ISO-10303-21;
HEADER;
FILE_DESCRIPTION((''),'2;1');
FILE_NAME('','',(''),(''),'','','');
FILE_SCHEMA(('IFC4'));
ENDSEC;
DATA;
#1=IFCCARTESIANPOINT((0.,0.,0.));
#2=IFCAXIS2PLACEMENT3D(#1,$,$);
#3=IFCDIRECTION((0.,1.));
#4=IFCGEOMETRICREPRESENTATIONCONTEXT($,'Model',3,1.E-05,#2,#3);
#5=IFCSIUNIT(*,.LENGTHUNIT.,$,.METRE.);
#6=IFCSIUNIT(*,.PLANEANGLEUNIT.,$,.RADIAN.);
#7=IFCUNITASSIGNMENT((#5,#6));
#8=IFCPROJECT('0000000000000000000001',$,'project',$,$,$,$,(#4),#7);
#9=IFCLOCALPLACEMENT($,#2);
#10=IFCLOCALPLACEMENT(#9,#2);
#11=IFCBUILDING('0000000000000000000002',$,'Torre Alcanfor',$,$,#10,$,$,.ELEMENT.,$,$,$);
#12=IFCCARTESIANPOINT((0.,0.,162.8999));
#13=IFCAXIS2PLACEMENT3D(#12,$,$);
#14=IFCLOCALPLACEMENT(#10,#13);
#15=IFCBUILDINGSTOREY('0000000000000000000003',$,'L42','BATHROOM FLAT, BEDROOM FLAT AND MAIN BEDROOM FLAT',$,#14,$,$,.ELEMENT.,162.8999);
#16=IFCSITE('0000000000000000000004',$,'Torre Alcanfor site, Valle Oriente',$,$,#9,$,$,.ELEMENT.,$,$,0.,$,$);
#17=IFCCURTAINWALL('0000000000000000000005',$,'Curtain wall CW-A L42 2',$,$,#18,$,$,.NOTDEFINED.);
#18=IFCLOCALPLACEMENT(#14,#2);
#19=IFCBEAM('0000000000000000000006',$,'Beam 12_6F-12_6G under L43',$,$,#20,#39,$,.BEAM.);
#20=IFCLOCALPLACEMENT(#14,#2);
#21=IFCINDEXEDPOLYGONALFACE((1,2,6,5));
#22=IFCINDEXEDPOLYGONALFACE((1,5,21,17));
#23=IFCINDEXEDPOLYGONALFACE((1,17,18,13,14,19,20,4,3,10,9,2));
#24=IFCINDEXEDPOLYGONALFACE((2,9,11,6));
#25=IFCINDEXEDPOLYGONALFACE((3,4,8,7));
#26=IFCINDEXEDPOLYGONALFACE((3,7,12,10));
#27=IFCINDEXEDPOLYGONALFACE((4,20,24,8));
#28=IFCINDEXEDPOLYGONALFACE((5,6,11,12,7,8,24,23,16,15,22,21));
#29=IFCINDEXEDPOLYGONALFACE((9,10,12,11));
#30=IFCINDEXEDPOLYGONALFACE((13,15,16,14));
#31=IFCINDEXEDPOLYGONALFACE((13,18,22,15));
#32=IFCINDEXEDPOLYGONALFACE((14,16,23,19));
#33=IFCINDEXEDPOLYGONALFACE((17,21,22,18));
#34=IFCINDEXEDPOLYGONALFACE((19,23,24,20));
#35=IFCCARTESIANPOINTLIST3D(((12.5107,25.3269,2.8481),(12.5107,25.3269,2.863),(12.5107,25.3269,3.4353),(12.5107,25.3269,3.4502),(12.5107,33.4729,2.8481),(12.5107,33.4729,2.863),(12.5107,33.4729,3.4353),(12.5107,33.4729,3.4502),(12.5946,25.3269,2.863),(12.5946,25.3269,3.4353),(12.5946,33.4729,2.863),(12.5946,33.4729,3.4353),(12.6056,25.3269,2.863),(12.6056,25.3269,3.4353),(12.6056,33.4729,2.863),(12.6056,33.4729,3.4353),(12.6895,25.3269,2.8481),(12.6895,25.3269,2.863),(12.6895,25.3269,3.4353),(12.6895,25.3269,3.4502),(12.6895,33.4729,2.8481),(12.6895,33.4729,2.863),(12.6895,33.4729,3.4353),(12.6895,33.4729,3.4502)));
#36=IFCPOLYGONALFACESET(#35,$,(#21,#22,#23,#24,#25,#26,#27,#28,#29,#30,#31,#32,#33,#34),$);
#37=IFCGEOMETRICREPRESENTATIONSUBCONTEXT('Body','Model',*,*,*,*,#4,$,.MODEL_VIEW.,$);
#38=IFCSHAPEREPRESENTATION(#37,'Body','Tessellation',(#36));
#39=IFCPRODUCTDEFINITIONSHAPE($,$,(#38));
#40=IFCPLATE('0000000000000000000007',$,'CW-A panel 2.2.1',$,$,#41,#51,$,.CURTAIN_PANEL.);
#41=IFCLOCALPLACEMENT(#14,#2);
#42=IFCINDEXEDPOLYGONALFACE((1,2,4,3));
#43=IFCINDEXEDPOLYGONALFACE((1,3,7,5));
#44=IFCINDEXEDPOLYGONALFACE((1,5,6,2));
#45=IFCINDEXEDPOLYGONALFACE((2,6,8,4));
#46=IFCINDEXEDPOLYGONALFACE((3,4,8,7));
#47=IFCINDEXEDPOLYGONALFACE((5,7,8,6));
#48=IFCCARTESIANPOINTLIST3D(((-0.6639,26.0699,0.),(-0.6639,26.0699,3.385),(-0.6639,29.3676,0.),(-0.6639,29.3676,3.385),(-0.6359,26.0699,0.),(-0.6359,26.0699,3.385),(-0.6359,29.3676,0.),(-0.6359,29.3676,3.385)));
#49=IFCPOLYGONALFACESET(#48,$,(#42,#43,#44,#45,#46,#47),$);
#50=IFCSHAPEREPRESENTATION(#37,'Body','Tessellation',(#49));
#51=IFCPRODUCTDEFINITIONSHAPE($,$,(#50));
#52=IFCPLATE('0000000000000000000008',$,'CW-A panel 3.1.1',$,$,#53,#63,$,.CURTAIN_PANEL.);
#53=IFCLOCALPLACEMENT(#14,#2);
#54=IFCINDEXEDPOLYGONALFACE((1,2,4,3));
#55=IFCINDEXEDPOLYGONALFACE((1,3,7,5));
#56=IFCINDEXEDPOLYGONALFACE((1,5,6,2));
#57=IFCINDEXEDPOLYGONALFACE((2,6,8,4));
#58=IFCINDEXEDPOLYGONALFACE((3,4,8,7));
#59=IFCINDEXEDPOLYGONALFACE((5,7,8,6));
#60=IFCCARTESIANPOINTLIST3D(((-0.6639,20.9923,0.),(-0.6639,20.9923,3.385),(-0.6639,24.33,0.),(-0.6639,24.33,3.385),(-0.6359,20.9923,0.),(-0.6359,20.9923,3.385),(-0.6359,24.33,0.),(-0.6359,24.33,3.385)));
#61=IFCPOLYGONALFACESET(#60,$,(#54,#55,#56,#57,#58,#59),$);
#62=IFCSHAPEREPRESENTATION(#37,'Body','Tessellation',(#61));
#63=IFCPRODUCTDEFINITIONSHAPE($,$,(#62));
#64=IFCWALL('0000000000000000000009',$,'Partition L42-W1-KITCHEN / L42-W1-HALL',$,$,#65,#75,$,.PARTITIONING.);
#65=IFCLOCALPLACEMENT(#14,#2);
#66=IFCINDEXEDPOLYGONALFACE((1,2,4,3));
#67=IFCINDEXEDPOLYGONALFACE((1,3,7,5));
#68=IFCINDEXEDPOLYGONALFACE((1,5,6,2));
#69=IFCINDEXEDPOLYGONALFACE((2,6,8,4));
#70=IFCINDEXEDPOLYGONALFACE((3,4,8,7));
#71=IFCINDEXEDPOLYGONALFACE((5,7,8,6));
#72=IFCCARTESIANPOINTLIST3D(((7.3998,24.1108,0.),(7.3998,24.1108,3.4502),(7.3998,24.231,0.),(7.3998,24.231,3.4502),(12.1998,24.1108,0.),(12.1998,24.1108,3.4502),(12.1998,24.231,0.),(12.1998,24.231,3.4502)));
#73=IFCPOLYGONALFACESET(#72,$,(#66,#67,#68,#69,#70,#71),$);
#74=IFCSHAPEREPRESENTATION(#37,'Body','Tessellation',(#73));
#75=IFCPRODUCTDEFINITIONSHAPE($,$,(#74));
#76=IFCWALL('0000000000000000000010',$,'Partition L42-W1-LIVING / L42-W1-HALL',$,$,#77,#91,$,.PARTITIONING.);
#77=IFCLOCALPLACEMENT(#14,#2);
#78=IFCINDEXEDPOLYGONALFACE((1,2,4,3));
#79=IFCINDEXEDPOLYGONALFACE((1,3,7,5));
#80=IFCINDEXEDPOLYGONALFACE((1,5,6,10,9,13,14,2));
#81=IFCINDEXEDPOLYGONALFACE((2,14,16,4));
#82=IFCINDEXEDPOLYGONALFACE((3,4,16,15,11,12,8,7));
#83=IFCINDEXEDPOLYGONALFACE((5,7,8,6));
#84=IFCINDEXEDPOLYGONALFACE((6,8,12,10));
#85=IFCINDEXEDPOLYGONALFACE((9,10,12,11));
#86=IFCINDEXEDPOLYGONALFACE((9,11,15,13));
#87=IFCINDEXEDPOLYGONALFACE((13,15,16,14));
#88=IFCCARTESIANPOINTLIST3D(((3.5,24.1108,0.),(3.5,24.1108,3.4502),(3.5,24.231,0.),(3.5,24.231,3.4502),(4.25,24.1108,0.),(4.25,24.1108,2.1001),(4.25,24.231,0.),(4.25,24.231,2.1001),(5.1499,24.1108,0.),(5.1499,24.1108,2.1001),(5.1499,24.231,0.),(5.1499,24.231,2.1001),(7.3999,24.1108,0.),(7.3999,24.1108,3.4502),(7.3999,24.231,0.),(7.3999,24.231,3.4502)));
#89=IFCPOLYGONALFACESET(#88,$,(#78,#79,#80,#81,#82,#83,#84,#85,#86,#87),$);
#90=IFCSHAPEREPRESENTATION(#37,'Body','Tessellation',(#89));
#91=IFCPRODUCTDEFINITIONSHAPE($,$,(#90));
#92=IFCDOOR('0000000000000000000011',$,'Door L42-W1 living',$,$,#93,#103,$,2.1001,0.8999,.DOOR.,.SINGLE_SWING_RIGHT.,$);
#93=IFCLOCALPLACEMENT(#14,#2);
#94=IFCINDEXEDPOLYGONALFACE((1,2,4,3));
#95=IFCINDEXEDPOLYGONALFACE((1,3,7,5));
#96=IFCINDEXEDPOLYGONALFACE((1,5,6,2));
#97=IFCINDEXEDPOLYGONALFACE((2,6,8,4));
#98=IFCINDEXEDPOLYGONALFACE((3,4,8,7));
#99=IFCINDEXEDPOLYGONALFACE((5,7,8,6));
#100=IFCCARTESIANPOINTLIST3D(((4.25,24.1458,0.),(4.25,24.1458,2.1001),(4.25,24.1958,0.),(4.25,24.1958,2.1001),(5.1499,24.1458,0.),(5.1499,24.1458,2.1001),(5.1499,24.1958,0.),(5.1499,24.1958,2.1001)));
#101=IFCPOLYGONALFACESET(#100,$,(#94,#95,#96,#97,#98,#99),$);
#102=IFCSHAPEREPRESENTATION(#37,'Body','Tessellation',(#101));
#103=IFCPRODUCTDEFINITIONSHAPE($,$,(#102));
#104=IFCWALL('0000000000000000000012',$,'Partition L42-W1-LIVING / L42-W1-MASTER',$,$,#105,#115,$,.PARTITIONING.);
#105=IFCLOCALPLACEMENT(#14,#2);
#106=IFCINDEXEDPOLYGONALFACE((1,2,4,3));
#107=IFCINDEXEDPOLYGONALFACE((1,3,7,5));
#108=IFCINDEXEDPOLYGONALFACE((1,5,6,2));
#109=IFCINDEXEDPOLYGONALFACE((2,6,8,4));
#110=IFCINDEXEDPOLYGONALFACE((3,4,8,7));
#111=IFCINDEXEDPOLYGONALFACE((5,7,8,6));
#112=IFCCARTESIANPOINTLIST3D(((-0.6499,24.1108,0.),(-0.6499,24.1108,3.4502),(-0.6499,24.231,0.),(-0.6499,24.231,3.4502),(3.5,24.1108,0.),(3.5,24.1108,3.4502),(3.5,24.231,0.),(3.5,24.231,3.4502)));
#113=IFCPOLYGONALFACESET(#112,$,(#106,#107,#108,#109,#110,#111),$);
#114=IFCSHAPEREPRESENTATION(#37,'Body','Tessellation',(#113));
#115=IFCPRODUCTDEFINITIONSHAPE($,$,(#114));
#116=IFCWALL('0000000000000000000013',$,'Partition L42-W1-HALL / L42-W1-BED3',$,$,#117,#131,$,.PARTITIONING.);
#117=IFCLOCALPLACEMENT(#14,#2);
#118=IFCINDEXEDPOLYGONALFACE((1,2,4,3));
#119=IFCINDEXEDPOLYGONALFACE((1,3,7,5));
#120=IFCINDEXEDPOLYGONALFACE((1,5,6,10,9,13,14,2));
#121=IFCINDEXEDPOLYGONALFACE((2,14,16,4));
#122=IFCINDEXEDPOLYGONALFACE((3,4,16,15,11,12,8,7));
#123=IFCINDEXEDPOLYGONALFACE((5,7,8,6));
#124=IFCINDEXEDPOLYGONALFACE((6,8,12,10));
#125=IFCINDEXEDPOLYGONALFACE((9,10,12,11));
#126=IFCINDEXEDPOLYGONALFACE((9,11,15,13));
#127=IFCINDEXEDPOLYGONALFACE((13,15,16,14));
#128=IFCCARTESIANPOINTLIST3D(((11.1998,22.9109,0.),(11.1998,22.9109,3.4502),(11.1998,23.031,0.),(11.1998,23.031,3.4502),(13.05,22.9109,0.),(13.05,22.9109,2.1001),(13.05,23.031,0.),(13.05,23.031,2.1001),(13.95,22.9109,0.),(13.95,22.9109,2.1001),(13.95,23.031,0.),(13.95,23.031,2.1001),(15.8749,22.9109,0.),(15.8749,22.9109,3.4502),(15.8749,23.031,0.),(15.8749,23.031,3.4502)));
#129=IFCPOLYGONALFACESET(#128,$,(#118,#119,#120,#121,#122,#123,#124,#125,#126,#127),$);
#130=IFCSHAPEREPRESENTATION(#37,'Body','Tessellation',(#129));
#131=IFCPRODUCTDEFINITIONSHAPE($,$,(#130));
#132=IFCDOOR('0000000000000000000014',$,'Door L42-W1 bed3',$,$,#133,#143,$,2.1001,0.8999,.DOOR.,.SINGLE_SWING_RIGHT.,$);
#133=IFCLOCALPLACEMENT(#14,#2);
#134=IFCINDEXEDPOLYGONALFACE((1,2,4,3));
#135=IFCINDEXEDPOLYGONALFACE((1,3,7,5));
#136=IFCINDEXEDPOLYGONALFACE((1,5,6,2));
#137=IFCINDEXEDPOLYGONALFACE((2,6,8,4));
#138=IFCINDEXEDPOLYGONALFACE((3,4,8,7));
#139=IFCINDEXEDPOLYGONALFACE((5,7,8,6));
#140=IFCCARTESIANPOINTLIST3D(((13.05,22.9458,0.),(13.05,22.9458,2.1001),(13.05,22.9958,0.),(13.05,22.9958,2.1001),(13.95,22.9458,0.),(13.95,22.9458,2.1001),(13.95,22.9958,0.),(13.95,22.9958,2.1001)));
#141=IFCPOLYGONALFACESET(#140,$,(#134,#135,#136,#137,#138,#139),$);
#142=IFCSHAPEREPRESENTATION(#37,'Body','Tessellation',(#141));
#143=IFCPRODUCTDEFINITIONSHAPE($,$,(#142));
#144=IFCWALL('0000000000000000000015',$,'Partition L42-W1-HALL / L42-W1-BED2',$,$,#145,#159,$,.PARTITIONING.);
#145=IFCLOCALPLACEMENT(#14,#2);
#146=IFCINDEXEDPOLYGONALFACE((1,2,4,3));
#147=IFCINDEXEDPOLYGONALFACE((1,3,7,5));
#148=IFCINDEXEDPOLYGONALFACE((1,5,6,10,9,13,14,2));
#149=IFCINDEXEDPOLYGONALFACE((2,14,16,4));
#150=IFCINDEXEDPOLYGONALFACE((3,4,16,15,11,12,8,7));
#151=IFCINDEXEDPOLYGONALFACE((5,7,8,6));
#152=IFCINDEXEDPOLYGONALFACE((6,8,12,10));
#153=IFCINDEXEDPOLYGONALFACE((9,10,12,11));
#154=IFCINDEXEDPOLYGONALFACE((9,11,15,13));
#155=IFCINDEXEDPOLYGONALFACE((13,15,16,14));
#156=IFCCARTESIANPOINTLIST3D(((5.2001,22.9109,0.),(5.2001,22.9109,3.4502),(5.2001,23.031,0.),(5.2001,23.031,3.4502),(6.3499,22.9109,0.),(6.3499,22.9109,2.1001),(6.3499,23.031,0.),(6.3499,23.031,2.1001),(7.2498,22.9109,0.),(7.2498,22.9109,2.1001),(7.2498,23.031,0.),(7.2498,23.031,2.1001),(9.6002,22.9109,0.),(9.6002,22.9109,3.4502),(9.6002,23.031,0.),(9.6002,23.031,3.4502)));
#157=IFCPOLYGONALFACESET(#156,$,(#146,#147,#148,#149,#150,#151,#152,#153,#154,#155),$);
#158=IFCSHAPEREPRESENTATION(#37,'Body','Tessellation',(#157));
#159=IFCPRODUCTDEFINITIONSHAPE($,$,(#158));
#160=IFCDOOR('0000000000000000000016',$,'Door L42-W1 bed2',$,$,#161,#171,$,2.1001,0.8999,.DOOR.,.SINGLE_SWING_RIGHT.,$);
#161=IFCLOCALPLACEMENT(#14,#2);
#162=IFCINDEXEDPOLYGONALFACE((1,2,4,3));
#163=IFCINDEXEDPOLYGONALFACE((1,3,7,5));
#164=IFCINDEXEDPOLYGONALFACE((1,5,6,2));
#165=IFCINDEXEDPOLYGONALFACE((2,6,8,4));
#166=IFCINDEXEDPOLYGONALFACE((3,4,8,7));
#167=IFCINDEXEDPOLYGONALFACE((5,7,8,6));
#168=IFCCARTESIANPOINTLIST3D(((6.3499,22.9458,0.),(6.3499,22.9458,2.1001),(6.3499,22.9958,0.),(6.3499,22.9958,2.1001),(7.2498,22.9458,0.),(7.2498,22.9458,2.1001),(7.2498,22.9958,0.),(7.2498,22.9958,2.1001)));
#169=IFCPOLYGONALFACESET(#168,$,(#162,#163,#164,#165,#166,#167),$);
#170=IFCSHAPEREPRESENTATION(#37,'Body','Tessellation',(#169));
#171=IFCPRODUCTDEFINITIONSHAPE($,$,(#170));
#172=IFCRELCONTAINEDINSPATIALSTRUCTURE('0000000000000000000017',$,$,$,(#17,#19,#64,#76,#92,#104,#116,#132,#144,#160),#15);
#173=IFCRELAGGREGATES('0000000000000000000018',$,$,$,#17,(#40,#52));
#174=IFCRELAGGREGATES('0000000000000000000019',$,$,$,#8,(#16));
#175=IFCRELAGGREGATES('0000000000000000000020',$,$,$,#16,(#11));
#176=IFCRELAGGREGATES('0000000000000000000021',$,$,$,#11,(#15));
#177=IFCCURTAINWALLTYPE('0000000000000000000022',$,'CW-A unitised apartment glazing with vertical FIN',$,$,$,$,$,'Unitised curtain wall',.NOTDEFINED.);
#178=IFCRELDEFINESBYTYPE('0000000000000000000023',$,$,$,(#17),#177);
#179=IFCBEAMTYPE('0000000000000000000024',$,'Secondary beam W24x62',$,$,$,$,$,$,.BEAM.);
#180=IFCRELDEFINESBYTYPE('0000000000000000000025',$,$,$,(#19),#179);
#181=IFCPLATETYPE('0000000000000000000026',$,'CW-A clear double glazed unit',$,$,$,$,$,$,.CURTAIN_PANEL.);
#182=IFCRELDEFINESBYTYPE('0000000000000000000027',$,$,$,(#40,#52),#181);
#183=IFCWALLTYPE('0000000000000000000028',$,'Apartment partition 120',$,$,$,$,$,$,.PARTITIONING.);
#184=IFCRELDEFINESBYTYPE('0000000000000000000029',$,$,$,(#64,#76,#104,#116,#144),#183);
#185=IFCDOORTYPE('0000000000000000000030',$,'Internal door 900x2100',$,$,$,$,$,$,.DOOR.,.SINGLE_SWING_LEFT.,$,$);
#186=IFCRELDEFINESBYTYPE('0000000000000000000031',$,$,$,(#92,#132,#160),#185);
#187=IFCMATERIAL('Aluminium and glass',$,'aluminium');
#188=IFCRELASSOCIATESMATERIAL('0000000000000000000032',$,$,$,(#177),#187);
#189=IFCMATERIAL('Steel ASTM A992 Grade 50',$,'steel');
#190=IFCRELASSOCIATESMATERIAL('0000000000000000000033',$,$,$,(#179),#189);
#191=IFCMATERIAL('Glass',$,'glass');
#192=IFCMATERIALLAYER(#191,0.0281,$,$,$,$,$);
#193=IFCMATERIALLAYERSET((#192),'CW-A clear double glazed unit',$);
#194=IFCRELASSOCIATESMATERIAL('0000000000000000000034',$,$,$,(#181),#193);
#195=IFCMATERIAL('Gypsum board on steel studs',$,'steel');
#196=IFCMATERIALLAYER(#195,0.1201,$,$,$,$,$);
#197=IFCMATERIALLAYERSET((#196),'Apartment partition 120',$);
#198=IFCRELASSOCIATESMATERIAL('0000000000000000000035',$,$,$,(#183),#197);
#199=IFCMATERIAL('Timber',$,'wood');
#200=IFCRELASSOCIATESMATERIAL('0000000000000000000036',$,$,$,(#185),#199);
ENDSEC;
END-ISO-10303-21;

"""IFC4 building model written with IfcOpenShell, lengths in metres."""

from ifc_helpers import new_model, si_unit, direction, frame, frame_2d, origin, origin_2d, place, context, subcontext, project, spatial, rectangle, i_section, extrude, material, layer, layer_set, material_profile, profile_set, type_object, element, fill, aggregate, save


model = new_model("IFC4")

# Units and contexts
model_context = context("Model", 3, precision=1e-05, world=origin(), true_north=direction((0.0, 1.0)))
body_context = subcontext(model_context, "Body", "Model", "MODEL_VIEW")
ifc_project = project(units=[si_unit("LENGTHUNIT", "METRE"), si_unit("PLANEANGLEUNIT", "RADIAN")], contexts=[model_context])

# Site, building, storey
site_placement = place(None, origin())
site = spatial("IfcSite", under=ifc_project, at=site_placement, Name="Torre Alcanfor site, Valle Oriente", CompositionType="ELEMENT", RefElevation=0.0)
building_placement = place(site_placement, origin())
building = spatial("IfcBuilding", under=site, at=building_placement, Name="Torre Alcanfor", CompositionType="ELEMENT")
storey_placement = place(building_placement, frame((0.0, 0.0, 162.8999)))
storey = spatial("IfcBuildingStorey", under=building, at=storey_placement, Name="L42", Description="BATHROOM FLAT, BEDROOM FLAT AND MAIN BEDROOM FLAT", CompositionType="ELEMENT", Elevation=162.8999)

# Curtain wall
ifc_material_1 = material(Name="Aluminium and glass", Category="aluminium")
curtain_wall_type = type_object("IfcCurtainWallType", Name="CW-A unitised apartment glazing with vertical FIN", ElementType="Unitised curtain wall", PredefinedType="NOTDEFINED", material=ifc_material_1)
curtain_wall_placement = place(storey_placement, origin())
curtain_wall = element("IfcCurtainWall", 1, at=curtain_wall_placement, inside=storey, type_object=curtain_wall_type, Name="Curtain wall CW-A L42 2", PredefinedType="NOTDEFINED")

# Beam
ifc_material_2 = material(Name="Steel ASTM A992 Grade 50", Category="steel")
ifc_material_profile_1 = material_profile(ifc_material_2, i_section(OverallWidth=0.1787, OverallDepth=0.6021, WebThickness=0.011, FlangeThickness=0.0149, at=origin_2d()), Name="W24x62")
ifc_profile_set_1 = profile_set([ifc_material_profile_1], Name="Steel ASTM A992 Grade 50")
beam_type_1 = type_object("IfcBeamType", Name="Secondary beam W24x62", PredefinedType="BEAM", material=ifc_profile_set_1)
for number, where, z_axis, x_axis, name in (
    (2, (12.6001, 25.3269, 3.1492), (0.0, 1.0, 0.0), (-1.0, 0.0, 0.0), "Beam 12_6F-12_6G under L43"),
):
    element("IfcBeam", number, at=place(storey_placement, frame(where, z_axis=z_axis, x_axis=x_axis)), inside=storey, type_object=beam_type_1, Name=name, PredefinedType="BEAM", context=body_context, shape_type="SweptSolid", body=[
        extrude(i_section(OverallWidth=0.1787, OverallDepth=0.6021, WebThickness=0.011, FlangeThickness=0.0149, at=origin_2d()), origin(), (0.0, 0.0, 1.0), 8.146),
    ])

# Plates
ifc_material_3 = material(Name="Glass", Category="glass")
ifc_layer_1 = layer(ifc_material_3, 0.0281)
ifc_layer_set_1 = layer_set([ifc_layer_1], Name="CW-A clear double glazed unit")
plate_type = type_object("IfcPlateType", Name="CW-A clear double glazed unit", PredefinedType="CURTAIN_PANEL", material=ifc_layer_set_1)
plate_1_placement = place(storey_placement, frame((-0.6499, 27.7188, 0.0), z_axis=(0.0, 0.0, 1.0), x_axis=(0.0, -1.0, 0.0)))
plate_1 = element("IfcPlate", 3, at=plate_1_placement, type_object=plate_type, Name="CW-A panel 2.2.1", PredefinedType="CURTAIN_PANEL", context=body_context, shape_type="SweptSolid", body=[
    extrude(rectangle(XDim=3.2976, YDim=0.0281, at=origin_2d()), origin(), (0.0, 0.0, 1.0), 3.385),
])
plate_2_placement = place(storey_placement, frame((-0.6499, 22.6611, 0.0), z_axis=(0.0, 0.0, 1.0), x_axis=(0.0, -1.0, 0.0)))
plate_2 = element("IfcPlate", 4, at=plate_2_placement, type_object=plate_type, Name="CW-A panel 3.1.1", PredefinedType="CURTAIN_PANEL", context=body_context, shape_type="SweptSolid", body=[
    extrude(rectangle(XDim=3.3376, YDim=0.0281, at=origin_2d()), origin(), (0.0, 0.0, 1.0), 3.385),
])
aggregate(curtain_wall, [plate_1, plate_2])

# Wall
ifc_material_4 = material(Name="Gypsum board on steel studs", Category="steel")
ifc_layer_2 = layer(ifc_material_4, 0.1201)
ifc_layer_set_2 = layer_set([ifc_layer_2], Name="Apartment partition 120")
wall_type_1 = type_object("IfcWallType", Name="Apartment partition 120", PredefinedType="PARTITIONING", material=ifc_layer_set_2)
wall_1_placement = place(storey_placement, frame((7.3999, 24.1709, 0.0), z_axis=(0.0, 0.0, 1.0), x_axis=(1.0, 0.0, 0.0)))
element("IfcWall", 5, at=wall_1_placement, inside=storey, type_object=wall_type_1, Name="Partition L42-W1-KITCHEN / L42-W1-HALL", PredefinedType="PARTITIONING", context=body_context, shape_type="SweptSolid", body=[
    extrude(rectangle(XDim=4.8, YDim=0.1201, at=frame_2d((2.3999, 0.0))), origin(), (0.0, 0.0, 1.0), 3.4502),
])

# Wall, opening, door
wall_2_placement = place(storey_placement, frame((3.5, 24.1709, 0.0), z_axis=(0.0, 0.0, 1.0), x_axis=(1.0, 0.0, 0.0)))
wall_2 = element("IfcWall", 6, at=wall_2_placement, inside=storey, type_object=wall_type_1, Name="Partition L42-W1-LIVING / L42-W1-HALL", PredefinedType="PARTITIONING", context=body_context, shape_type="SweptSolid", body=[
    extrude(rectangle(XDim=3.8999, YDim=0.1201, at=frame_2d((1.95, 0.0))), origin(), (0.0, 0.0, 1.0), 3.4502),
])
opening_1_placement = place(wall_2_placement, frame((0.75, 0.0, 0.0)))
opening_1 = element("IfcOpeningElement", 7, at=opening_1_placement, cuts=wall_2, PredefinedType="OPENING", context=body_context, shape_type="SweptSolid", body=[
    extrude(rectangle(XDim=0.8999, YDim=2.1001, at=frame_2d((0.45, 1.05))), frame((0.0, 0.0701, 0.0), z_axis=(0.0, -1.0, 0.0), x_axis=(1.0, 0.0, 0.0)), (0.0, 0.0, 1.0), 0.1401),
])
ifc_material_5 = material(Name="Timber", Category="wood")
door_type_1 = type_object("IfcDoorType", Name="Internal door 900x2100", OperationType="SINGLE_SWING_LEFT", PredefinedType="DOOR", material=ifc_material_5)
door_1_placement = place(opening_1_placement, origin())
door_1 = element("IfcDoor", 8, at=door_1_placement, inside=storey, type_object=door_type_1, Name="Door L42-W1 living", OperationType="SINGLE_SWING_RIGHT", OverallHeight=2.1001, OverallWidth=0.8999, PredefinedType="DOOR", context=body_context, shape_type="SweptSolid", body=[
    extrude(rectangle(XDim=0.8999, YDim=2.1001, at=frame_2d((0.45, 1.05))), frame((0.0, 0.0249, 0.0), z_axis=(0.0, -1.0, 0.0), x_axis=(1.0, 0.0, 0.0)), (0.0, 0.0, 1.0), 0.05),
])
fill(opening_1, door_1)

# Wall
wall_3_placement = place(storey_placement, frame((-0.6499, 24.1709, 0.0), z_axis=(0.0, 0.0, 1.0), x_axis=(1.0, 0.0, 0.0)))
element("IfcWall", 9, at=wall_3_placement, inside=storey, type_object=wall_type_1, Name="Partition L42-W1-LIVING / L42-W1-MASTER", PredefinedType="PARTITIONING", context=body_context, shape_type="SweptSolid", body=[
    extrude(rectangle(XDim=4.1499, YDim=0.1201, at=frame_2d((2.075, 0.0))), origin(), (0.0, 0.0, 1.0), 3.4502),
])

# Walls, openings, doors
wall_4_placement = place(storey_placement, frame((11.2, 22.9709, 0.0), z_axis=(0.0, 0.0, 1.0), x_axis=(1.0, 0.0, 0.0)))
wall_4 = element("IfcWall", 10, at=wall_4_placement, inside=storey, type_object=wall_type_1, Name="Partition L42-W1-HALL / L42-W1-BED3", PredefinedType="PARTITIONING", context=body_context, shape_type="SweptSolid", body=[
    extrude(rectangle(XDim=4.675, YDim=0.1201, at=frame_2d((2.3374, 0.0))), origin(), (0.0, 0.0, 1.0), 3.4502),
])
opening_2_placement = place(wall_4_placement, frame((1.8501, 0.0, 0.0)))
opening_2 = element("IfcOpeningElement", 11, at=opening_2_placement, cuts=wall_4, PredefinedType="OPENING", context=body_context, shape_type="SweptSolid", body=[
    extrude(rectangle(XDim=0.8999, YDim=2.1001, at=frame_2d((0.45, 1.05))), frame((0.0, 0.0701, 0.0), z_axis=(0.0, -1.0, 0.0), x_axis=(1.0, 0.0, 0.0)), (0.0, 0.0, 1.0), 0.1401),
])
door_2_placement = place(opening_2_placement, frame((0.8999, 0.0, 0.0), z_axis=(0.0, 0.0, 1.0), x_axis=(-1.0, 0.0, 0.0)))
door_2 = element("IfcDoor", 12, at=door_2_placement, inside=storey, type_object=door_type_1, Name="Door L42-W1 bed3", OperationType="SINGLE_SWING_RIGHT", OverallHeight=2.1001, OverallWidth=0.8999, PredefinedType="DOOR", context=body_context, shape_type="SweptSolid", body=[
    extrude(rectangle(XDim=0.8999, YDim=2.1001, at=frame_2d((0.45, 1.05))), frame((0.0, 0.0251, 0.0), z_axis=(0.0, -1.0, 0.0), x_axis=(1.0, 0.0, 0.0)), (0.0, 0.0, 1.0), 0.05),
])
fill(opening_2, door_2)
wall_5_placement = place(storey_placement, frame((5.2, 22.9709, 0.0), z_axis=(0.0, 0.0, 1.0), x_axis=(1.0, 0.0, 0.0)))
wall_5 = element("IfcWall", 13, at=wall_5_placement, inside=storey, type_object=wall_type_1, Name="Partition L42-W1-HALL / L42-W1-BED2", PredefinedType="PARTITIONING", context=body_context, shape_type="SweptSolid", body=[
    extrude(rectangle(XDim=4.4001, YDim=0.1201, at=frame_2d((2.2002, 0.0))), origin(), (0.0, 0.0, 1.0), 3.4502),
])
opening_3_placement = place(wall_5_placement, frame((1.1499, 0.0, 0.0)))
opening_3 = element("IfcOpeningElement", 14, at=opening_3_placement, cuts=wall_5, PredefinedType="OPENING", context=body_context, shape_type="SweptSolid", body=[
    extrude(rectangle(XDim=0.8999, YDim=2.1001, at=frame_2d((0.45, 1.05))), frame((0.0, 0.0701, 0.0), z_axis=(0.0, -1.0, 0.0), x_axis=(1.0, 0.0, 0.0)), (0.0, 0.0, 1.0), 0.1401),
])
door_3_placement = place(opening_3_placement, frame((0.8999, 0.0, 0.0), z_axis=(0.0, 0.0, 1.0), x_axis=(-1.0, 0.0, 0.0)))
door_3 = element("IfcDoor", 15, at=door_3_placement, inside=storey, type_object=door_type_1, Name="Door L42-W1 bed2", OperationType="SINGLE_SWING_RIGHT", OverallHeight=2.1001, OverallWidth=0.8999, PredefinedType="DOOR", context=body_context, shape_type="SweptSolid", body=[
    extrude(rectangle(XDim=0.8999, YDim=2.1001, at=frame_2d((0.45, 1.05))), frame((0.0, 0.0251, 0.0), z_axis=(0.0, -1.0, 0.0), x_axis=(1.0, 0.0, 0.0)), (0.0, 0.0, 1.0), 0.05),
])
fill(opening_3, door_3)

save(model, "model.ifc")
